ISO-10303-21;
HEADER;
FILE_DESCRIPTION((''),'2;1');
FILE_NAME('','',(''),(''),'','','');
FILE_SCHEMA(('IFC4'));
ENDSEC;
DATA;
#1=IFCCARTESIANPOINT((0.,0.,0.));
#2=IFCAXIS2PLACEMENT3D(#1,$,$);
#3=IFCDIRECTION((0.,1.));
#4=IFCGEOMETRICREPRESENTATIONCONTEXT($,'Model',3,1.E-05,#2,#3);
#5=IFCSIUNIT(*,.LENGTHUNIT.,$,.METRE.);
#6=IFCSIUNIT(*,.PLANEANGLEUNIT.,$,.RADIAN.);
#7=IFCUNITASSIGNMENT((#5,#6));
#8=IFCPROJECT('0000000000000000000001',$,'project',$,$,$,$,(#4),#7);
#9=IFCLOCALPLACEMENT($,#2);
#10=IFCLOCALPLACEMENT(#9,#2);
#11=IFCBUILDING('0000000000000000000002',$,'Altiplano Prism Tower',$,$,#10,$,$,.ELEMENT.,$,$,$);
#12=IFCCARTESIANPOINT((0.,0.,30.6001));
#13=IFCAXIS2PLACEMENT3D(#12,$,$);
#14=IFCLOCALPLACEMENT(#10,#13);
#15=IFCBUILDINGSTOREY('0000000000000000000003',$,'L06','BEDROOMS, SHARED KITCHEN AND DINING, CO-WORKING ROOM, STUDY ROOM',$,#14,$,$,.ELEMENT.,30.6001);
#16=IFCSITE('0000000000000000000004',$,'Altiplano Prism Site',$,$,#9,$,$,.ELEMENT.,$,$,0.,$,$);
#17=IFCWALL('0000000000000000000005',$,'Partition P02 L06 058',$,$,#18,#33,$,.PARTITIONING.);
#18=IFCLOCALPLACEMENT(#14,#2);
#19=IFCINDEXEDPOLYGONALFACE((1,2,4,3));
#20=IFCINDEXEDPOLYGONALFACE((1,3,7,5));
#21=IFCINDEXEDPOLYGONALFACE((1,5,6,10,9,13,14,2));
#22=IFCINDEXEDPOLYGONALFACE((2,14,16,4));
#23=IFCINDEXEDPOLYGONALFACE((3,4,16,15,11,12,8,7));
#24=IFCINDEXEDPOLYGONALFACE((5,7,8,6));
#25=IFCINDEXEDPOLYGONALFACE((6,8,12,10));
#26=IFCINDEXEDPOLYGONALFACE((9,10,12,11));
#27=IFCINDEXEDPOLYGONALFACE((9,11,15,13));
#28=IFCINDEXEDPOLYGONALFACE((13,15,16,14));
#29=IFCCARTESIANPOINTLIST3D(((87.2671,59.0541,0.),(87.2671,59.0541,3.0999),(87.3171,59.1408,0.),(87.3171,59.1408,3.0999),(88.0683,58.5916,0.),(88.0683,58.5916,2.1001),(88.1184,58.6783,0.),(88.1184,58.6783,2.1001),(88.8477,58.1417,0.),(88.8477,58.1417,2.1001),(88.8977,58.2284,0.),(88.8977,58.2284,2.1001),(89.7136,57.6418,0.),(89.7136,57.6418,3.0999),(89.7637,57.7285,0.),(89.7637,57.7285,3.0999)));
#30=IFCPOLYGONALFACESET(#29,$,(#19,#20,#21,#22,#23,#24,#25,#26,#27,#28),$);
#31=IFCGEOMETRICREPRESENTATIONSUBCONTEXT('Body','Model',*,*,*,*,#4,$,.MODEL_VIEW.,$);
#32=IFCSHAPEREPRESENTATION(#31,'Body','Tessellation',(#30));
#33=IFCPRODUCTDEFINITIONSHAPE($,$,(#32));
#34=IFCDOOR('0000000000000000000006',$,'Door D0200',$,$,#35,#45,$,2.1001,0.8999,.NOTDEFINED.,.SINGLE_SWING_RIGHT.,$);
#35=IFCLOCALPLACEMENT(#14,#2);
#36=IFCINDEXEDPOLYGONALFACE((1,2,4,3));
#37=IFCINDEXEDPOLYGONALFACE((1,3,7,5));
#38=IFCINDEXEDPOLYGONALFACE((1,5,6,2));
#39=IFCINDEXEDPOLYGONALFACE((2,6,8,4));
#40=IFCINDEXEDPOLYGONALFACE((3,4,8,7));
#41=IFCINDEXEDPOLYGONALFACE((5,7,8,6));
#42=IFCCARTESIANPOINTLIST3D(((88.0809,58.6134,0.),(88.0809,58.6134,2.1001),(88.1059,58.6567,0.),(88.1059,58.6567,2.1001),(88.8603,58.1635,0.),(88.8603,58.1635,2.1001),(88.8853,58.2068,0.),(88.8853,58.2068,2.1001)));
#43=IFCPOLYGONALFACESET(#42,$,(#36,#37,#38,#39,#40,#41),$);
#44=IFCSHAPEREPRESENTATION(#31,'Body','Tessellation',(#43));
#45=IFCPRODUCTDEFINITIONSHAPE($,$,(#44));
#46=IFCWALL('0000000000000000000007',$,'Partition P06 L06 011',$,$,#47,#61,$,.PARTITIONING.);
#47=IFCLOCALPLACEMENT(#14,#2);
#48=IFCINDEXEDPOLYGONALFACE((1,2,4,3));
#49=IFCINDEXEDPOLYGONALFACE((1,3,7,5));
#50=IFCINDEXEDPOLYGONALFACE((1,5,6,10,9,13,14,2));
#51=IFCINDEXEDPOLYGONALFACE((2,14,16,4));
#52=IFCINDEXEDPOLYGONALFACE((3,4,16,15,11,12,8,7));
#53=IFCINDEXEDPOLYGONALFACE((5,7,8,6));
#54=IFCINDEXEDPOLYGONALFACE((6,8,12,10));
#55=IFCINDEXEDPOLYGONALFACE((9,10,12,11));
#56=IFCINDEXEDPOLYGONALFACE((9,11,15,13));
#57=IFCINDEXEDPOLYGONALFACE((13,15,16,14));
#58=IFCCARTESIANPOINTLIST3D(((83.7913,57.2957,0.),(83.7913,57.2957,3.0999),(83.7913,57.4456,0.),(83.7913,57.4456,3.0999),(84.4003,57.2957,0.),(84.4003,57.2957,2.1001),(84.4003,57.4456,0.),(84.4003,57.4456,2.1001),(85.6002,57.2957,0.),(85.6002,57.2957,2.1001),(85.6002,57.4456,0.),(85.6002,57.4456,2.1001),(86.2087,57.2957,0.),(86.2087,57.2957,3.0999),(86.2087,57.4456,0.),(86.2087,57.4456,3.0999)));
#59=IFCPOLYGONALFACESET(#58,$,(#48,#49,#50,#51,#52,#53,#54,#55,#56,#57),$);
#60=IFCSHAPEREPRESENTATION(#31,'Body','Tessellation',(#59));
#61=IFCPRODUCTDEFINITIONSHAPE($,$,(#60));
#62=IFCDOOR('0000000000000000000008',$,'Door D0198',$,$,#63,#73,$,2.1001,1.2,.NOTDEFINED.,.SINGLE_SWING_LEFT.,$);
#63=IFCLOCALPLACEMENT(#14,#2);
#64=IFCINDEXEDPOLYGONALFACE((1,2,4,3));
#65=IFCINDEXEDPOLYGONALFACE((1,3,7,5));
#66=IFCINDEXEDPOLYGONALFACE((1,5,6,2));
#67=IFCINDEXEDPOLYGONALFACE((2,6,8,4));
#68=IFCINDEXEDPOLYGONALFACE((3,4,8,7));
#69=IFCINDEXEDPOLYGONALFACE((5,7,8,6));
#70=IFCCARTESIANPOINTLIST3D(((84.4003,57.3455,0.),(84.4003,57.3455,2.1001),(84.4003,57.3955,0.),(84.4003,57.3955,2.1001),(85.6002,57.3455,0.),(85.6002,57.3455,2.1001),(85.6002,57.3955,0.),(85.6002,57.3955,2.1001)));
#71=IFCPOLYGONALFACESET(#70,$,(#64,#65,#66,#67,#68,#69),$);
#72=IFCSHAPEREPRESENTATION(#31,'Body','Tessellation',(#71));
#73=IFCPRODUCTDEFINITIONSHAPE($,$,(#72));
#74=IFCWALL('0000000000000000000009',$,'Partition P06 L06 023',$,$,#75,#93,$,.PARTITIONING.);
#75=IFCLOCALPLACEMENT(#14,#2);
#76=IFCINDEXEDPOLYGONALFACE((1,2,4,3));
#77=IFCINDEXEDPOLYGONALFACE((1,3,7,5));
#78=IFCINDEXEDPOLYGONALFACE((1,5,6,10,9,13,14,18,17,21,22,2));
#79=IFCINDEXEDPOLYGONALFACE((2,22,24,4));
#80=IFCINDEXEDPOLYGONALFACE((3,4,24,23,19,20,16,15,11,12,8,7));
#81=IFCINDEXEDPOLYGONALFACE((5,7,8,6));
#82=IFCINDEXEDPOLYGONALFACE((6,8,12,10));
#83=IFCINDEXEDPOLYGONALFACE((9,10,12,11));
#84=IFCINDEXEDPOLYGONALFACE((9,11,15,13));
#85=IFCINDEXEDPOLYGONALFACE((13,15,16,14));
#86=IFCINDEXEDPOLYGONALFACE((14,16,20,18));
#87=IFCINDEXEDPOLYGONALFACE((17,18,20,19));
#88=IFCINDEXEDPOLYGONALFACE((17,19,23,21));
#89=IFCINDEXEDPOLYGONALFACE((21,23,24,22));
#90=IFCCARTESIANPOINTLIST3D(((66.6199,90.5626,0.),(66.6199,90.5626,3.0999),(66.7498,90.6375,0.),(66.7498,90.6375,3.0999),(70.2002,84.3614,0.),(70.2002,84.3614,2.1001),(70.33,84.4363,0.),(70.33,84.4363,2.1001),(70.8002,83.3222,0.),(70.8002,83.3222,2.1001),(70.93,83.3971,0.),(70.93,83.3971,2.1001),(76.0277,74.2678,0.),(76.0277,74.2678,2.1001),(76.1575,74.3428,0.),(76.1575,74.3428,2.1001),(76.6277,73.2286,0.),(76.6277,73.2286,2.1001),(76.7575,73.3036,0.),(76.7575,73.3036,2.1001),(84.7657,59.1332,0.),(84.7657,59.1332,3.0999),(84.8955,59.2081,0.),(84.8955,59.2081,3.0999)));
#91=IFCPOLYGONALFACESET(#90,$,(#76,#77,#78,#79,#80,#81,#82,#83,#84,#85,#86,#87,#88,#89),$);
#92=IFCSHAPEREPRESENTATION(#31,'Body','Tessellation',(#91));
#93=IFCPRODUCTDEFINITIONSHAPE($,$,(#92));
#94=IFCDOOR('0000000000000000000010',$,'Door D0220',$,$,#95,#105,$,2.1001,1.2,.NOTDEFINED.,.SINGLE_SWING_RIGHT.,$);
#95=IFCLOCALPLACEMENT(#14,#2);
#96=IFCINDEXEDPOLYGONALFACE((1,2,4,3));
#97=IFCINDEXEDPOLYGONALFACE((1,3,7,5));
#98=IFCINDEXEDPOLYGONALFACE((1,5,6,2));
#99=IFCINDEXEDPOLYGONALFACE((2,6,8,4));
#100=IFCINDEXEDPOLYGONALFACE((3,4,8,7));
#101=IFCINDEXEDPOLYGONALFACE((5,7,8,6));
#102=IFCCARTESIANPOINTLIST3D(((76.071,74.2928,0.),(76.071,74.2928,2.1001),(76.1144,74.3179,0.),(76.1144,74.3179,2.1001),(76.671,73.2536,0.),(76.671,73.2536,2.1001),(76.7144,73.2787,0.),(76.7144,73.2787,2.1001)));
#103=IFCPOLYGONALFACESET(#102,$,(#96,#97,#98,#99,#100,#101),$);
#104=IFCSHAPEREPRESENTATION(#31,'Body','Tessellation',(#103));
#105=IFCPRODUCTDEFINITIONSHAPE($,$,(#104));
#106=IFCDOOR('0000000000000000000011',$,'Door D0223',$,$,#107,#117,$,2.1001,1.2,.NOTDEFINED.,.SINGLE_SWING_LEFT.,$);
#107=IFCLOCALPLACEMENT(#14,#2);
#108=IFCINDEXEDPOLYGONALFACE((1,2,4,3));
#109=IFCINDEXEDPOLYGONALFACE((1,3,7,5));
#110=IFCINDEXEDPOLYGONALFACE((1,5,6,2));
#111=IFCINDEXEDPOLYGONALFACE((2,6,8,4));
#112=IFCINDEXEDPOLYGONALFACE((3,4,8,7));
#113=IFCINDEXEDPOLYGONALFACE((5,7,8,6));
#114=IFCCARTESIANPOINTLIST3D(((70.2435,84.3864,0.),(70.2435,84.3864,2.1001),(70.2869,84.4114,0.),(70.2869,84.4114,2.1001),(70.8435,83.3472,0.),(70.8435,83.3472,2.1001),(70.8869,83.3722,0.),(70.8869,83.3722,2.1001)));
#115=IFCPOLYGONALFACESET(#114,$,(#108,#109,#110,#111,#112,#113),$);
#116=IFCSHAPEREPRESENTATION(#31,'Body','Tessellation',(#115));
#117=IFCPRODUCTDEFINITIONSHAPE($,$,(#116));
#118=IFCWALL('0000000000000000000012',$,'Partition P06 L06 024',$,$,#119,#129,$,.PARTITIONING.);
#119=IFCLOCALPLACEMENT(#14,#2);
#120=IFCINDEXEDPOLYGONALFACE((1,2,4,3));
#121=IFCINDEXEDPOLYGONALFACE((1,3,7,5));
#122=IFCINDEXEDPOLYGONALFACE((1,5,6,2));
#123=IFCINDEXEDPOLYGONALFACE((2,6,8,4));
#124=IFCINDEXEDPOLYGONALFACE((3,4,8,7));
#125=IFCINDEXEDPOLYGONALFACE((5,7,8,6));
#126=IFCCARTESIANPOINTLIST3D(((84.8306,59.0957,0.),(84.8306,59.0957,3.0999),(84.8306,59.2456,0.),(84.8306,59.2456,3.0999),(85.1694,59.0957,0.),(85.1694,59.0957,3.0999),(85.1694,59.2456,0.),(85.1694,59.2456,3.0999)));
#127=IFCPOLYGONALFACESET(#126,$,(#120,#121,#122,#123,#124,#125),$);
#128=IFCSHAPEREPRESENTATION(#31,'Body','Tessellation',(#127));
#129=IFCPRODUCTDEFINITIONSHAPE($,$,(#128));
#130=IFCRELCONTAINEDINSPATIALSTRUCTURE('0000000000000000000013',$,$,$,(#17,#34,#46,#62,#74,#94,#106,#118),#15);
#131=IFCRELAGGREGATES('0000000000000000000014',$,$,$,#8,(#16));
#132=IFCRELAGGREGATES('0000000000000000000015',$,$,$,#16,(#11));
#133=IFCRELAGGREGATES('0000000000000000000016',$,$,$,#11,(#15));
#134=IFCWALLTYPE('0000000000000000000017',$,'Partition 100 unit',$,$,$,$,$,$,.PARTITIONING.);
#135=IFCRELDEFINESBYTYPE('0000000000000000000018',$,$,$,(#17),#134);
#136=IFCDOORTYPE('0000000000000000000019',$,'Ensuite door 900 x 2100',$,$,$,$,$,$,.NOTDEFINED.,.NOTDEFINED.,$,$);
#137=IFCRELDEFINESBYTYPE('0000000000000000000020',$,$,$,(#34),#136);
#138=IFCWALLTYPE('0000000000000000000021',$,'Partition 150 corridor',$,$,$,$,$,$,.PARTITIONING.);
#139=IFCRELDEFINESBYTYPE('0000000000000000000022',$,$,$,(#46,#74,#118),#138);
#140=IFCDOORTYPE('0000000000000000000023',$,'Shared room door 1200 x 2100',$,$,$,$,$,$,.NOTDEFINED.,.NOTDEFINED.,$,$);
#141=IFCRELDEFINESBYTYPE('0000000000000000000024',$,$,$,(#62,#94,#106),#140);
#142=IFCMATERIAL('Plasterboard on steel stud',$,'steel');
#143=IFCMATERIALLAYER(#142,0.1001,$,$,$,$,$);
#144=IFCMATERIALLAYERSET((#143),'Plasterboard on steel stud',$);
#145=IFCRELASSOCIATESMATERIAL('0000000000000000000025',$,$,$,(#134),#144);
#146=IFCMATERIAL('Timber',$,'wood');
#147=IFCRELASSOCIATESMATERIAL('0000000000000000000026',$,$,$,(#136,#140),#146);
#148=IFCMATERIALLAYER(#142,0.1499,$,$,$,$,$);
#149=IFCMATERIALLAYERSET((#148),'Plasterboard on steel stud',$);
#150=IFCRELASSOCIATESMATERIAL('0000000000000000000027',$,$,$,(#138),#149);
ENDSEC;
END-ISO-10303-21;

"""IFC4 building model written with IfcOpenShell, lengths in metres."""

from ifc_helpers import new_model, si_unit, direction, frame, frame_2d, origin, place, context, subcontext, project, spatial, rectangle, extrude, material, layer, layer_set, type_object, element, fill, save


model = new_model("IFC4")

# Units and contexts
model_context = context("Model", 3, precision=1e-05, world=origin(), true_north=direction((0.0, 1.0)))
body_context = subcontext(model_context, "Body", "Model", "MODEL_VIEW")
ifc_project = project(units=[si_unit("LENGTHUNIT", "METRE"), si_unit("PLANEANGLEUNIT", "RADIAN")], contexts=[model_context])

# Site, building, storey
site_placement = place(None, origin())
site = spatial("IfcSite", under=ifc_project, at=site_placement, Name="Altiplano Prism Site", CompositionType="ELEMENT", RefElevation=0.0)
building_placement = place(site_placement, origin())
building = spatial("IfcBuilding", under=site, at=building_placement, Name="Altiplano Prism Tower", CompositionType="ELEMENT")
storey_placement = place(building_placement, frame((0.0, 0.0, 30.6001)))
storey = spatial("IfcBuildingStorey", under=building, at=storey_placement, Name="L06", Description="BEDROOMS, SHARED KITCHEN AND DINING, CO-WORKING ROOM, STUDY ROOM", CompositionType="ELEMENT", Elevation=30.6001)

# Walls, openings, doors
ifc_material_1 = material(Name="Plasterboard on steel stud", Category="steel")
ifc_layer_1 = layer(ifc_material_1, 0.1001)
ifc_layer_set_1 = layer_set([ifc_layer_1], Name="Plasterboard on steel stud")
wall_type_1 = type_object("IfcWallType", Name="Partition 100 unit", PredefinedType="PARTITIONING", material=ifc_layer_set_1)
wall_1_placement = place(storey_placement, frame((89.7388, 57.6851, 0.0), z_axis=(0.0, 0.0, 1.0), x_axis=(-0.866049, 0.499959, 0.0)))
wall_1 = element("IfcWall", 1, at=wall_1_placement, inside=storey, type_object=wall_type_1, Name="Partition P02 L06 058", PredefinedType="PARTITIONING", context=body_context, shape_type="SweptSolid", body=[
    extrude(rectangle(XDim=2.825, YDim=0.1001, at=frame_2d((1.4126, 0.0))), origin(), (0.0, 0.0, 1.0), 3.0999),
])
opening_1_placement = place(wall_1_placement, frame((1.0, 0.0, 0.0)))
opening_1 = element("IfcOpeningElement", 2, at=opening_1_placement, cuts=wall_1, PredefinedType="OPENING", context=body_context, shape_type="SweptSolid", body=[
    extrude(rectangle(XDim=0.8999, YDim=2.1001, at=frame_2d((0.45, 1.05))), frame((0.0, 0.0605, 0.0), z_axis=(0.0, -1.0, 0.0), x_axis=(1.0, 0.0, 0.0)), (0.0, 0.0, 1.0), 0.1211),
])
ifc_material_2 = material(Name="Timber", Category="wood")
door_type_1 = type_object("IfcDoorType", Name="Ensuite door 900 x 2100", OperationType="NOTDEFINED", PredefinedType="NOTDEFINED", material=ifc_material_2)
door_1_placement = place(opening_1_placement, origin())
door_1 = element("IfcDoor", 3, at=door_1_placement, inside=storey, type_object=door_type_1, Name="Door D0200", OperationType="SINGLE_SWING_RIGHT", OverallHeight=2.1001, OverallWidth=0.8999, PredefinedType="NOTDEFINED", context=body_context, shape_type="SweptSolid", body=[
    extrude(rectangle(XDim=0.8999, YDim=2.1001, at=frame_2d((0.45, 1.05))), frame((0.0, 0.0249, 0.0), z_axis=(0.0, -1.0, 0.0), x_axis=(1.0, 0.0, 0.0)), (0.0, 0.0, 1.0), 0.05),
])
fill(opening_1, door_1)
ifc_layer_2 = layer(ifc_material_1, 0.1499)
ifc_layer_set_2 = layer_set([ifc_layer_2], Name="Plasterboard on steel stud")
wall_type_2 = type_object("IfcWallType", Name="Partition 150 corridor", PredefinedType="PARTITIONING", material=ifc_layer_set_2)
wall_2_placement = place(storey_placement, frame((83.7913, 57.3706, 0.0), z_axis=(0.0, 0.0, 1.0), x_axis=(1.0, 0.0, 0.0)))
wall_2 = element("IfcWall", 4, at=wall_2_placement, inside=storey, type_object=wall_type_2, Name="Partition P06 L06 011", PredefinedType="PARTITIONING", context=body_context, shape_type="SweptSolid", body=[
    extrude(rectangle(XDim=2.4175, YDim=0.1499, at=frame_2d((1.2087, 0.0))), origin(), (0.0, 0.0, 1.0), 3.0999),
])
opening_2_placement = place(wall_2_placement, frame((0.6089, 0.0, 0.0)))
opening_2 = element("IfcOpeningElement", 5, at=opening_2_placement, cuts=wall_2, PredefinedType="OPENING", context=body_context, shape_type="SweptSolid", body=[
    extrude(rectangle(XDim=1.2, YDim=2.1001, at=frame_2d((0.6001, 1.05))), frame((0.0, 0.0854, 0.0), z_axis=(0.0, -1.0, 0.0), x_axis=(1.0, 0.0, 0.0)), (0.0, 0.0, 1.0), 0.1709),
])
door_type_2 = type_object("IfcDoorType", Name="Shared room door 1200 x 2100", OperationType="NOTDEFINED", PredefinedType="NOTDEFINED", material=ifc_material_2)
door_2_placement = place(opening_2_placement, origin())
door_2 = element("IfcDoor", 6, at=door_2_placement, inside=storey, type_object=door_type_2, Name="Door D0198", OperationType="SINGLE_SWING_LEFT", OverallHeight=2.1001, OverallWidth=1.2, PredefinedType="NOTDEFINED", context=body_context, shape_type="SweptSolid", body=[
    extrude(rectangle(XDim=1.2, YDim=2.1001, at=frame_2d((0.6001, 1.05))), frame((0.0, 0.0249, 0.0), z_axis=(0.0, -1.0, 0.0), x_axis=(1.0, 0.0, 0.0)), (0.0, 0.0, 1.0), 0.05),
])
fill(opening_2, door_2)

# Wall, openings, doors
wall_3_placement = place(storey_placement, frame((84.8306, 59.1707, 0.0), z_axis=(0.0, 0.0, 1.0), x_axis=(-0.499999, 0.866026, 0.0)))
wall_3 = element("IfcWall", 7, at=wall_3_placement, inside=storey, type_object=wall_type_2, Name="Partition P06 L06 023", PredefinedType="PARTITIONING", context=body_context, shape_type="SweptSolid", body=[
    extrude(rectangle(XDim=36.2915, YDim=0.1499, at=frame_2d((18.1458, 0.0))), origin(), (0.0, 0.0, 1.0), 3.0999),
])
opening_3_placement = place(wall_3_placement, frame((16.2759, 0.0, 0.0)))
opening_3 = element("IfcOpeningElement", 8, at=opening_3_placement, cuts=wall_3, PredefinedType="OPENING", context=body_context, shape_type="SweptSolid", body=[
    extrude(rectangle(XDim=1.2, YDim=2.1001, at=frame_2d((0.6001, 1.05))), frame((0.0, 0.0854, 0.0), z_axis=(0.0, -1.0, 0.0), x_axis=(1.0, 0.0, 0.0)), (0.0, 0.0, 1.0), 0.1709),
])
opening_4_placement = place(wall_3_placement, frame((27.9309, 0.0, 0.0)))
opening_4 = element("IfcOpeningElement", 9, at=opening_4_placement, cuts=wall_3, PredefinedType="OPENING", context=body_context, shape_type="SweptSolid", body=[
    extrude(rectangle(XDim=1.2, YDim=2.1001, at=frame_2d((0.6001, 1.05))), frame((0.0, 0.0854, 0.0), z_axis=(0.0, -1.0, 0.0), x_axis=(1.0, 0.0, 0.0)), (0.0, 0.0, 1.0), 0.1709),
])
door_3_placement = place(opening_3_placement, origin())
door_3 = element("IfcDoor", 10, at=door_3_placement, inside=storey, type_object=door_type_2, Name="Door D0220", OperationType="SINGLE_SWING_RIGHT", OverallHeight=2.1001, OverallWidth=1.2, PredefinedType="NOTDEFINED", context=body_context, shape_type="SweptSolid", body=[
    extrude(rectangle(XDim=1.2, YDim=2.1001, at=frame_2d((0.6001, 1.05))), frame((0.0, 0.0249, 0.0), z_axis=(0.0, -1.0, 0.0), x_axis=(1.0, 0.0, 0.0)), (0.0, 0.0, 1.0), 0.05),
])
fill(opening_3, door_3)
door_4_placement = place(opening_4_placement, origin())
door_4 = element("IfcDoor", 11, at=door_4_placement, inside=storey, type_object=door_type_2, Name="Door D0223", OperationType="SINGLE_SWING_LEFT", OverallHeight=2.1001, OverallWidth=1.2, PredefinedType="NOTDEFINED", context=body_context, shape_type="SweptSolid", body=[
    extrude(rectangle(XDim=1.2, YDim=2.1001, at=frame_2d((0.6001, 1.05))), frame((0.0, 0.0249, 0.0), z_axis=(0.0, -1.0, 0.0), x_axis=(1.0, 0.0, 0.0)), (0.0, 0.0, 1.0), 0.05),
])
fill(opening_4, door_4)

# Wall
wall_4_placement = place(storey_placement, frame((85.1694, 59.1707, 0.0), z_axis=(0.0, 0.0, 1.0), x_axis=(-1.0, 0.0, 0.0)))
element("IfcWall", 12, at=wall_4_placement, inside=storey, type_object=wall_type_2, Name="Partition P06 L06 024", PredefinedType="PARTITIONING", context=body_context, shape_type="SweptSolid", body=[
    extrude(rectangle(XDim=0.3389, YDim=0.1499, at=frame_2d((0.1694, 0.0))), origin(), (0.0, 0.0, 1.0), 3.0999),
])

save(model, "model.ifc")
